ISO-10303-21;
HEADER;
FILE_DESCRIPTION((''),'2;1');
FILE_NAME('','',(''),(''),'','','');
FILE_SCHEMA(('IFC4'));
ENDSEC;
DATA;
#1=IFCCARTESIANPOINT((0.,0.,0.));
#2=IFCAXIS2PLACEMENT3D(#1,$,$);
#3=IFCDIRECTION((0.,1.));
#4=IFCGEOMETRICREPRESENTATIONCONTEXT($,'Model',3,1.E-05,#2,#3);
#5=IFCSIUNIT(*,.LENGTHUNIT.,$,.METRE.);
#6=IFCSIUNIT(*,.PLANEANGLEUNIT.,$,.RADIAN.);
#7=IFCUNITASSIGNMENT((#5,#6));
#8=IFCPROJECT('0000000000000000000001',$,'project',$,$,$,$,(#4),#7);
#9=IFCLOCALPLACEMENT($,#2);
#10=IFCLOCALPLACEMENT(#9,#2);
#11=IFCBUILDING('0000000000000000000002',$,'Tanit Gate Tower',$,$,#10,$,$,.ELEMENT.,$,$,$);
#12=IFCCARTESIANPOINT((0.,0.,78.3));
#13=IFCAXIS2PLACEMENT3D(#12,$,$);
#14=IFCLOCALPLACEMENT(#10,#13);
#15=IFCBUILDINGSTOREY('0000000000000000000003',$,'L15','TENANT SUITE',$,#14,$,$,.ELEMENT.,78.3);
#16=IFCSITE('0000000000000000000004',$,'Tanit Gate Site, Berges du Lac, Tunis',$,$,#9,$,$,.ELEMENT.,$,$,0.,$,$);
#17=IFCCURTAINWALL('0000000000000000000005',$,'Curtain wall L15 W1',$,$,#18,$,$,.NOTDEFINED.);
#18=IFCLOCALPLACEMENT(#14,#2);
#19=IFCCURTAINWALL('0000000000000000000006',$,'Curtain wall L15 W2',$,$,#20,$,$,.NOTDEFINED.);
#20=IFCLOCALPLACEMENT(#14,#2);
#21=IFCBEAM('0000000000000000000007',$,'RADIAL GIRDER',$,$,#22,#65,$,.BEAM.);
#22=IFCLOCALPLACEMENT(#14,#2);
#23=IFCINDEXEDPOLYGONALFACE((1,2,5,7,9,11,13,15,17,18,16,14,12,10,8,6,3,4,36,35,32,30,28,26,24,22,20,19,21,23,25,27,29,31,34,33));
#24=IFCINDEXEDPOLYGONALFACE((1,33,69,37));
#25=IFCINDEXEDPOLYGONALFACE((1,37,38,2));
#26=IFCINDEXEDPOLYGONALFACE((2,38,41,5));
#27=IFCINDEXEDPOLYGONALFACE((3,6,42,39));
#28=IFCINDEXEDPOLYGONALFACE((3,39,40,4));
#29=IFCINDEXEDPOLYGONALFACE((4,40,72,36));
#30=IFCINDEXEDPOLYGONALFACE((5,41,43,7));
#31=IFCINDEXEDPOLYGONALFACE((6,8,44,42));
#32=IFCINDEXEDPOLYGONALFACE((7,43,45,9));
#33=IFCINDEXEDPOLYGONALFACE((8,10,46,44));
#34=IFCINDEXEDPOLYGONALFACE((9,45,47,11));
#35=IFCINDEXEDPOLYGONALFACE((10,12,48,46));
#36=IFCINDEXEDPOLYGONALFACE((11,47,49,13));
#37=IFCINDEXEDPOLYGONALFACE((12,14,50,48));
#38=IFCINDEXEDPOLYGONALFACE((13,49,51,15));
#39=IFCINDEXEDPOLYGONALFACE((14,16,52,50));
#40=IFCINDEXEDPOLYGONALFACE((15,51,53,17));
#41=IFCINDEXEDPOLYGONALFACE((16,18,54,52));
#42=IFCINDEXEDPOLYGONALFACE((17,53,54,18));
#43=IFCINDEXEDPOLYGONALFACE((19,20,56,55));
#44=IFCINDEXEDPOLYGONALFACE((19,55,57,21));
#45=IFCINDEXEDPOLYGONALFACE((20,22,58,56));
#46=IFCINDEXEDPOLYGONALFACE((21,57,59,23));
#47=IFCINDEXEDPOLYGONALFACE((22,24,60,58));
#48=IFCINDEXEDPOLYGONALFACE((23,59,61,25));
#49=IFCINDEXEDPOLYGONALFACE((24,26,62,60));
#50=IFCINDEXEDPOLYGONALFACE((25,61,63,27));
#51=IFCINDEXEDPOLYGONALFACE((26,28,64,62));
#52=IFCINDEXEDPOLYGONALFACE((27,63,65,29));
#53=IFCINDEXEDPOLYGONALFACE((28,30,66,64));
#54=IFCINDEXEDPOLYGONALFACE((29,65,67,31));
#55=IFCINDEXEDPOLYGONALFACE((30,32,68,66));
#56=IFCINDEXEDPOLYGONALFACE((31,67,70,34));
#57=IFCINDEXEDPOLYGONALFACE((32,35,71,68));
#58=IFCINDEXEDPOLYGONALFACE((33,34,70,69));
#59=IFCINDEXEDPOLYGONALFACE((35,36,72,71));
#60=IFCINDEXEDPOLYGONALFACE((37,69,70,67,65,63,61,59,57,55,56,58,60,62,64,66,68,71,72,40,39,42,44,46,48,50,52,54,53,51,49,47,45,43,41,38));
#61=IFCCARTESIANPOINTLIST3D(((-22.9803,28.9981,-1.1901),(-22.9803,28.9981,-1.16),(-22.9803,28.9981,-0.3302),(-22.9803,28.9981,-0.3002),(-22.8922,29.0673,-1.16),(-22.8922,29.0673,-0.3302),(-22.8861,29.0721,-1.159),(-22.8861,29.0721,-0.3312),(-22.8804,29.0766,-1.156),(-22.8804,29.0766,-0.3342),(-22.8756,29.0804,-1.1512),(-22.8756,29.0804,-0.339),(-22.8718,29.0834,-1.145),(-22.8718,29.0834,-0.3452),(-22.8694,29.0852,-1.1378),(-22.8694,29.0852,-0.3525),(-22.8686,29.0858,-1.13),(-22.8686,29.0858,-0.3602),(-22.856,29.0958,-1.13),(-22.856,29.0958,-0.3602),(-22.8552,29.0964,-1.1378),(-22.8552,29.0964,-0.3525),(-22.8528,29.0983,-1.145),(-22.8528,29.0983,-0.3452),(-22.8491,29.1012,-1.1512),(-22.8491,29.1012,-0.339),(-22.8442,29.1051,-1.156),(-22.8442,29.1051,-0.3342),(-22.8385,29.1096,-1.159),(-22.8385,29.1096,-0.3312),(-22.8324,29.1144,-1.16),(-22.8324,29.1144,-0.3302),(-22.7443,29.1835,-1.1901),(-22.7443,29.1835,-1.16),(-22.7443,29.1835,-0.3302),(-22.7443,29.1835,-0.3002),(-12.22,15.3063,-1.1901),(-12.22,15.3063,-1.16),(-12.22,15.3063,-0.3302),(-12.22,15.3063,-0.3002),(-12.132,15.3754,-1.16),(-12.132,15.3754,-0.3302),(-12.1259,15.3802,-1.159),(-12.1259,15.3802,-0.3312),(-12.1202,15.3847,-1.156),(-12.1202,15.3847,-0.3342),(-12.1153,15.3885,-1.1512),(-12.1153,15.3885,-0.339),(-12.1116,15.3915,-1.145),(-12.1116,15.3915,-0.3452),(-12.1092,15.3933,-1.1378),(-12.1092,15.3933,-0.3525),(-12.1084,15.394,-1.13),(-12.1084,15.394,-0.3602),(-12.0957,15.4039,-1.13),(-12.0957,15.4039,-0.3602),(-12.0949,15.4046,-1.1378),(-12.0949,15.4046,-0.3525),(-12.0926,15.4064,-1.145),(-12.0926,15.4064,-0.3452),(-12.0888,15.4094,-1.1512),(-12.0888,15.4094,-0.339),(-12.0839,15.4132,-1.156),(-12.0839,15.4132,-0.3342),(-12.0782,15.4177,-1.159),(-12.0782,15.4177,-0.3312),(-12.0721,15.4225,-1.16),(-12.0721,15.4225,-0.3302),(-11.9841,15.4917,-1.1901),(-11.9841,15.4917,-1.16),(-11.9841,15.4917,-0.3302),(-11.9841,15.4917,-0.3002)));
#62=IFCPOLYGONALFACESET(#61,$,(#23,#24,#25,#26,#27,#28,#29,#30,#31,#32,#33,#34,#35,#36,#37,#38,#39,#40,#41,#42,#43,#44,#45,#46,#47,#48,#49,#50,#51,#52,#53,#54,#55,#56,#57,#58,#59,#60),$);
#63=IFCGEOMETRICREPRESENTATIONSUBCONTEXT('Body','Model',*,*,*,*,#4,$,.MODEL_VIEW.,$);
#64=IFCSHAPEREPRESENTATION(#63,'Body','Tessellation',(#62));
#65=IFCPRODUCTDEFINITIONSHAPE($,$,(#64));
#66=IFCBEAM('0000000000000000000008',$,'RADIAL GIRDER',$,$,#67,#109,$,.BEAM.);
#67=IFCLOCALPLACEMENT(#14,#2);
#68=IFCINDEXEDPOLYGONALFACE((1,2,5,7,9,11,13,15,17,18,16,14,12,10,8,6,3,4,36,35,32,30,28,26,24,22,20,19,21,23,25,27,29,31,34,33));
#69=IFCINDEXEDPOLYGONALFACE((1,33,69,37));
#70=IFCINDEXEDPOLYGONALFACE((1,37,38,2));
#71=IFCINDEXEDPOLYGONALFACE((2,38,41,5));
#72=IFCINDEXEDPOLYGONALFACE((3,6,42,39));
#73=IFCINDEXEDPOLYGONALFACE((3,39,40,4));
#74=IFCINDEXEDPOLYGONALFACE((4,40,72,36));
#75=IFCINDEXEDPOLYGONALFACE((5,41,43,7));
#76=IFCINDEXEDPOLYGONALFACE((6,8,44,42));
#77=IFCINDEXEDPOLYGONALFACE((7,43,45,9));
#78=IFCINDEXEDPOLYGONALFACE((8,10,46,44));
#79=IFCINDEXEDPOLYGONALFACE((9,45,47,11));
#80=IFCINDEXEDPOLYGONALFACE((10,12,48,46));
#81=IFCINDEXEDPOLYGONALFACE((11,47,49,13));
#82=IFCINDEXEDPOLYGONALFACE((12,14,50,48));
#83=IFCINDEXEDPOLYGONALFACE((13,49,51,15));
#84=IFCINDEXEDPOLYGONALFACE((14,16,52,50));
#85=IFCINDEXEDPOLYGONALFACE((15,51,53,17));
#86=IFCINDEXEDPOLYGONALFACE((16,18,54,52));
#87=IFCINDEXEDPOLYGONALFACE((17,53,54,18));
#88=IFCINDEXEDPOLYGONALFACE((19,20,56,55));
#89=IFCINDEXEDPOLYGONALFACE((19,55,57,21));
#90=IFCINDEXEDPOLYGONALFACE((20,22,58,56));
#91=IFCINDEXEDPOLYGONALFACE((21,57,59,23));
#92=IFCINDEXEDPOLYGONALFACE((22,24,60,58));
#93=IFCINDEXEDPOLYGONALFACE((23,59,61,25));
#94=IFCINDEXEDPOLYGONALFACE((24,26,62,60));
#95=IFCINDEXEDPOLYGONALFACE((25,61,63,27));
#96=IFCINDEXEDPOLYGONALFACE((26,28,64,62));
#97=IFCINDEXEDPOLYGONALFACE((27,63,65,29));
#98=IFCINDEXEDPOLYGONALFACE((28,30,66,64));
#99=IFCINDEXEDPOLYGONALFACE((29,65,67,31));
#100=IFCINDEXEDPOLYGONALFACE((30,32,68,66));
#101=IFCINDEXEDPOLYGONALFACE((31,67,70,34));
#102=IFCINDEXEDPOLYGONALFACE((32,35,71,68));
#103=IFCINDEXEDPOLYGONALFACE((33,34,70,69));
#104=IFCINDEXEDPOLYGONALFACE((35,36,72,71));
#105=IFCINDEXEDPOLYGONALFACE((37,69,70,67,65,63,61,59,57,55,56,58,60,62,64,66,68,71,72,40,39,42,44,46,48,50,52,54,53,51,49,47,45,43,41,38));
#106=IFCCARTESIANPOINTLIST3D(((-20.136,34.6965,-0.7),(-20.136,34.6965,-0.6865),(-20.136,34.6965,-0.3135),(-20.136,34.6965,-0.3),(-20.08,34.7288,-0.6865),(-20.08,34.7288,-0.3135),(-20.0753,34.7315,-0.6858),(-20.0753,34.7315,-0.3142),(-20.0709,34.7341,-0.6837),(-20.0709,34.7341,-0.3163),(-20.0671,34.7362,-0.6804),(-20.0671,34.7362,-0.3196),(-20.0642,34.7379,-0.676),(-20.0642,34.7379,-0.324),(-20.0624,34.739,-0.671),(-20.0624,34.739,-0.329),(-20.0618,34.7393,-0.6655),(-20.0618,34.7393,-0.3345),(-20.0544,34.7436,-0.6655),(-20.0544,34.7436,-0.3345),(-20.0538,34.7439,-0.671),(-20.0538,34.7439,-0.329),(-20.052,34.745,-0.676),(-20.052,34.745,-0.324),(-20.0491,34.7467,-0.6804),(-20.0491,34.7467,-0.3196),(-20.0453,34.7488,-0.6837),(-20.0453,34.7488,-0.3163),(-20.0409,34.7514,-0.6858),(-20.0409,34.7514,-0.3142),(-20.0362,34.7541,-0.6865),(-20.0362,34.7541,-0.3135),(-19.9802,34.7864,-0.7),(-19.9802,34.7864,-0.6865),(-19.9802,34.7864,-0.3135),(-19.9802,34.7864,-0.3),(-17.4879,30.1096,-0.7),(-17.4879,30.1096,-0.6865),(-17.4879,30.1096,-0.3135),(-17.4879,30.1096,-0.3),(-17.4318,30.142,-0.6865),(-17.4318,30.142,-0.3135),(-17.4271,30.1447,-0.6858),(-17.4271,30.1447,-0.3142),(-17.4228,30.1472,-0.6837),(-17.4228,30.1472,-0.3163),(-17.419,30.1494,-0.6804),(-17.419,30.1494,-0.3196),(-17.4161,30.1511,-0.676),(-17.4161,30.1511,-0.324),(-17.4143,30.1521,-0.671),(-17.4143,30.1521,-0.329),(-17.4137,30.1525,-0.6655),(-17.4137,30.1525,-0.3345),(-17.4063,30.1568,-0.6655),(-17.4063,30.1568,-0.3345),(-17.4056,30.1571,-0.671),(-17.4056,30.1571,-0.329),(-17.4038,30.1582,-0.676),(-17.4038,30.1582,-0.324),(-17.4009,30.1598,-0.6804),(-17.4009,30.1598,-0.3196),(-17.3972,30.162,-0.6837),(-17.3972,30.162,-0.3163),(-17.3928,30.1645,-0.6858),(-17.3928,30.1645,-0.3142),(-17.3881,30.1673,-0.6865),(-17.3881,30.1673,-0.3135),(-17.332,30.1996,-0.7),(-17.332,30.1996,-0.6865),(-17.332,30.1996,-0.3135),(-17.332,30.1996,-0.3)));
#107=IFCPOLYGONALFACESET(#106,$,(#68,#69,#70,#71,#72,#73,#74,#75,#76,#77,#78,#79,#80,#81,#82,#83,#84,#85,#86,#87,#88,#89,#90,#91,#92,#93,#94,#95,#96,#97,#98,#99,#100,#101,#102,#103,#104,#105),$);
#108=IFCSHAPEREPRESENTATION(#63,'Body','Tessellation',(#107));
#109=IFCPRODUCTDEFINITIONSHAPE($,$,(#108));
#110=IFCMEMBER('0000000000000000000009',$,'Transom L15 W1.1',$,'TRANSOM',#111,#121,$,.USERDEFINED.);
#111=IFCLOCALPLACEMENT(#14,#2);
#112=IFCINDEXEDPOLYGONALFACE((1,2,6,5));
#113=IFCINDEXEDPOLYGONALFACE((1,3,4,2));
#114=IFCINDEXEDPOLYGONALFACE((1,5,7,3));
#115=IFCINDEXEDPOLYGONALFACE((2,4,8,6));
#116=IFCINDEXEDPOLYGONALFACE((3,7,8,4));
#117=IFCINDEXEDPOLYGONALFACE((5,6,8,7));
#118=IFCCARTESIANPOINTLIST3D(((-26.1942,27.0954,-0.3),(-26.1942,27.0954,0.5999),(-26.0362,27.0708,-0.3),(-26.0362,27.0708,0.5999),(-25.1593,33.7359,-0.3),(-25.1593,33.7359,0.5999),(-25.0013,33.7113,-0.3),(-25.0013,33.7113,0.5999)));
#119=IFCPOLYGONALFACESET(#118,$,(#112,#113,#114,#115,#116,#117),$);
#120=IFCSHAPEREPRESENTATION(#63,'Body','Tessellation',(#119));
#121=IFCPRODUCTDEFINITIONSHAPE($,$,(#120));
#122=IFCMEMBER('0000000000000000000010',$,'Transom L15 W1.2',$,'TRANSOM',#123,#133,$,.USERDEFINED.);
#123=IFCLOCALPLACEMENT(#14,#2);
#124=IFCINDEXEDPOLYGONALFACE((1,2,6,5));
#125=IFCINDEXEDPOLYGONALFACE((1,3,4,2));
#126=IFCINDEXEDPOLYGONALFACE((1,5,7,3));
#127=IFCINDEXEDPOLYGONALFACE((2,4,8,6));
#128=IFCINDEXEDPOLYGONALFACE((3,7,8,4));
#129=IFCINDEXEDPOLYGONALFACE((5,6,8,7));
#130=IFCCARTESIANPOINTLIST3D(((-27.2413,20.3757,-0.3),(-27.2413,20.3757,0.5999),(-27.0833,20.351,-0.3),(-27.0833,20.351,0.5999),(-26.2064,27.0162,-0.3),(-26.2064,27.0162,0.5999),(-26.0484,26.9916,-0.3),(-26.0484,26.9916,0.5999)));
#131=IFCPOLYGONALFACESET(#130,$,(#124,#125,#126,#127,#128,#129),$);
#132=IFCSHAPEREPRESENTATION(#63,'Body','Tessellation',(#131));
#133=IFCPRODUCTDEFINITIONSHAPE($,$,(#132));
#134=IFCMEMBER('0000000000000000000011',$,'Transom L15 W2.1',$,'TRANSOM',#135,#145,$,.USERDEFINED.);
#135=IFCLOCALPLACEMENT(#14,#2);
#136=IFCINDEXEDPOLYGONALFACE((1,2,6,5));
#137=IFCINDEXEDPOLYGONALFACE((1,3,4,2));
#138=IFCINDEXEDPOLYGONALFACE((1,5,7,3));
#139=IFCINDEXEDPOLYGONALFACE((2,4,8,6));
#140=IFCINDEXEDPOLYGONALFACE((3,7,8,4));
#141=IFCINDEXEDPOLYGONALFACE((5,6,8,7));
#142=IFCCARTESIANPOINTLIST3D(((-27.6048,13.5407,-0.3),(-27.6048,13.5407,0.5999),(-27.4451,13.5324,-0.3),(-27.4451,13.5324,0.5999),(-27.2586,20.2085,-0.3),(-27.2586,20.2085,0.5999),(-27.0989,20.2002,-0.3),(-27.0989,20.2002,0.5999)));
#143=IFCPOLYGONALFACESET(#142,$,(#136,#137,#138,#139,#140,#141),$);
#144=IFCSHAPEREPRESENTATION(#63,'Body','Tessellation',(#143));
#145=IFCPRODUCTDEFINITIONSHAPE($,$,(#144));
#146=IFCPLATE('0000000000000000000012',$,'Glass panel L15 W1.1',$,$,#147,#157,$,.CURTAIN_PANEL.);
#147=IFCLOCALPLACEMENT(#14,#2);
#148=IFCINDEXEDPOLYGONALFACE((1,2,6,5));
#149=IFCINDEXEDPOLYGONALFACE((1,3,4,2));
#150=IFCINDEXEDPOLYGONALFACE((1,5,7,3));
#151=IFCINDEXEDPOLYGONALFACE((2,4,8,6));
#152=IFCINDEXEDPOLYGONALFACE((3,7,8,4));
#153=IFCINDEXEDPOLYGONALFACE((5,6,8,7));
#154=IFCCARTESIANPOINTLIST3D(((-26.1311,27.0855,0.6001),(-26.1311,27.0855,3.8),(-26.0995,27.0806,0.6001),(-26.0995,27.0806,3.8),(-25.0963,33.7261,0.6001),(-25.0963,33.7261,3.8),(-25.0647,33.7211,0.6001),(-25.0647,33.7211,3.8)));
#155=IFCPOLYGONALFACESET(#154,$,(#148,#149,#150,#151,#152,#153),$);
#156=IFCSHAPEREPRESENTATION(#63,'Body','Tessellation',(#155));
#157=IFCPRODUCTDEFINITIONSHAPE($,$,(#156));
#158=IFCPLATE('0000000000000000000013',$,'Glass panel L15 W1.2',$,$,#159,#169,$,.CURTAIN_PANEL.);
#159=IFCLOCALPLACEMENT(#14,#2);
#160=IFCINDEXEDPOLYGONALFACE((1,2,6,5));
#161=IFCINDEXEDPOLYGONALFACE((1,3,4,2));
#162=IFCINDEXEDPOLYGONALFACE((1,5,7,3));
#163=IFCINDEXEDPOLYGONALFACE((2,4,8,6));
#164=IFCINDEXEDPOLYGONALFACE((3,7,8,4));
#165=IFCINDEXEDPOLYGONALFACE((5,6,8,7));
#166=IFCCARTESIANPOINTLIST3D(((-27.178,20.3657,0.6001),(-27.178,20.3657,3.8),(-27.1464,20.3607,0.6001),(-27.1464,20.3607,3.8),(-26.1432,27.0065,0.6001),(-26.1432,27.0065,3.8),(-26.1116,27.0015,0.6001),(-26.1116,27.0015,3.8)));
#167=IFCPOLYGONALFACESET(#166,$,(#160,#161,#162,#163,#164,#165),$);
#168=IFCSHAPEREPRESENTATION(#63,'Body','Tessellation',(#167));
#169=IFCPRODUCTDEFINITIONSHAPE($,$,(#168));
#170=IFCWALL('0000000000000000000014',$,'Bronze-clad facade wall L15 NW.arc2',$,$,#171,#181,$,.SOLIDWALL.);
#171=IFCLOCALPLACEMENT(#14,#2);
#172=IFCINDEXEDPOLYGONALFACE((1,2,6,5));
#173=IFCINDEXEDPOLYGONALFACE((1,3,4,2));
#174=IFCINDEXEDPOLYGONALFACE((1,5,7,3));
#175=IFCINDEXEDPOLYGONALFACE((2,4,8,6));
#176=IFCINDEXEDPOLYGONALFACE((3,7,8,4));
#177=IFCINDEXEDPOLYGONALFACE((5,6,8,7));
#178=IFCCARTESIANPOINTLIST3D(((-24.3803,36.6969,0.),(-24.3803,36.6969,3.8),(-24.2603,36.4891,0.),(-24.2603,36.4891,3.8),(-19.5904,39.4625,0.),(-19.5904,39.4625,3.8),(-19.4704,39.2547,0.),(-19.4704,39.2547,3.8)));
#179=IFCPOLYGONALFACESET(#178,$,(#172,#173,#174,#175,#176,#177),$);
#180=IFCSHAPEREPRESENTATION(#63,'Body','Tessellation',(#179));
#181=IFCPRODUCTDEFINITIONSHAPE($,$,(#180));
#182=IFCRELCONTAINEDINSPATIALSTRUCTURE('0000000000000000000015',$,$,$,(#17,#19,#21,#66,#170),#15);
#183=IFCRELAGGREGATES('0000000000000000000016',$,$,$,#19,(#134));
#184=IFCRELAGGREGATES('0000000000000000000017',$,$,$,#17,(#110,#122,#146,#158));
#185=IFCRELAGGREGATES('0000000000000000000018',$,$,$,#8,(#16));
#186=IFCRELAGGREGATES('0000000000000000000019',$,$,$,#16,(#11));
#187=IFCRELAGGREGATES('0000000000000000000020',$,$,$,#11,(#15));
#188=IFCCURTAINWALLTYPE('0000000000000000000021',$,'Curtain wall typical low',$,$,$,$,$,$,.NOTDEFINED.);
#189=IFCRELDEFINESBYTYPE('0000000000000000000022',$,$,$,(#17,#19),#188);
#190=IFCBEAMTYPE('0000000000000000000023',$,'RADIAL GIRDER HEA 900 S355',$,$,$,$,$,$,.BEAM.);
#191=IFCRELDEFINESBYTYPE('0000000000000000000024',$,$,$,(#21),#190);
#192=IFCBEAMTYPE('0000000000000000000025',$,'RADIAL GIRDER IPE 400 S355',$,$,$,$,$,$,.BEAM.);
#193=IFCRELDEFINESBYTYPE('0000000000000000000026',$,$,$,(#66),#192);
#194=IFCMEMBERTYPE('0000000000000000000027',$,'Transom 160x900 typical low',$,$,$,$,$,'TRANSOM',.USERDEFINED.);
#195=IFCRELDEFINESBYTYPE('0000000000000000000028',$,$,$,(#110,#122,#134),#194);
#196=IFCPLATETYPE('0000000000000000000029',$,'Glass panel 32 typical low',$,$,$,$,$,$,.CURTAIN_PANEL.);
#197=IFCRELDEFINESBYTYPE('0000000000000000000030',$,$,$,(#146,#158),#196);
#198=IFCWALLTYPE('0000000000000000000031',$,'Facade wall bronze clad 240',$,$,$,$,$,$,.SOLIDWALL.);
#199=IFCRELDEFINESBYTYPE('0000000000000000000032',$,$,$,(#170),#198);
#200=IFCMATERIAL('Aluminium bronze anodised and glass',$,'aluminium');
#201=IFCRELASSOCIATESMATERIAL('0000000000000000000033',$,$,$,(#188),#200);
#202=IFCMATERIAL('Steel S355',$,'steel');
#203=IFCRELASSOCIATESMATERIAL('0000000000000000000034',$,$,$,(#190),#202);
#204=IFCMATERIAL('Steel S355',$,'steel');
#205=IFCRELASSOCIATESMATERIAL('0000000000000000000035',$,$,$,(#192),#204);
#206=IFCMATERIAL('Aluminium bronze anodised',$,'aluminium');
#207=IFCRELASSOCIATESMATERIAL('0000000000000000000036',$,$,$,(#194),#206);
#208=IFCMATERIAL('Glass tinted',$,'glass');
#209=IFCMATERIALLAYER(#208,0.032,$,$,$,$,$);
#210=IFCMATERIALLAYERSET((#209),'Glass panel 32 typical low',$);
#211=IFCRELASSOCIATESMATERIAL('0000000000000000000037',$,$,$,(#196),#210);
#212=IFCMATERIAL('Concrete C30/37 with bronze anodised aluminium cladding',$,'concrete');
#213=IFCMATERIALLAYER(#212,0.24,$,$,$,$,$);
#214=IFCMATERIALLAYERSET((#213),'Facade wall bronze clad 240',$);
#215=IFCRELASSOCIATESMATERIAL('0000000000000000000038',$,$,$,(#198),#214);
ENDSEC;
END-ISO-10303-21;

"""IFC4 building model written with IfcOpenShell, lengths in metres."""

from ifc_helpers import new_model, si_unit, direction, frame, frame_2d, origin, origin_2d, place, context, subcontext, project, spatial, rectangle, i_section, extrude, material, layer, layer_set, material_profile, profile_set, type_object, element, aggregate, save


model = new_model("IFC4")

# Units and contexts
model_context = context("Model", 3, precision=1e-05, world=origin(), true_north=direction((0.0, 1.0)))
body_context = subcontext(model_context, "Body", "Model", "MODEL_VIEW")
ifc_project = project(units=[si_unit("LENGTHUNIT", "METRE"), si_unit("PLANEANGLEUNIT", "RADIAN")], contexts=[model_context])

# Site, building, storey
site_placement = place(None, origin())
site = spatial("IfcSite", under=ifc_project, at=site_placement, Name="Tanit Gate Site, Berges du Lac, Tunis", CompositionType="ELEMENT", RefElevation=0.0)
building_placement = place(site_placement, origin())
building = spatial("IfcBuilding", under=site, at=building_placement, Name="Tanit Gate Tower", CompositionType="ELEMENT")
storey_placement = place(building_placement, frame((0.0, 0.0, 78.3)))
storey = spatial("IfcBuildingStorey", under=building, at=storey_placement, Name="L15", Description="TENANT SUITE", CompositionType="ELEMENT", Elevation=78.3)

# Curtain walls
ifc_material_1 = material(Name="Aluminium bronze anodised and glass", Category="aluminium")
curtain_wall_type = type_object("IfcCurtainWallType", Name="Curtain wall typical low", PredefinedType="NOTDEFINED", material=ifc_material_1)
curtain_wall_1_placement = place(storey_placement, origin())
curtain_wall_1 = element("IfcCurtainWall", 1, at=curtain_wall_1_placement, inside=storey, type_object=curtain_wall_type, Name="Curtain wall L15 W1", PredefinedType="NOTDEFINED")
curtain_wall_2_placement = place(storey_placement, origin())
curtain_wall_2 = element("IfcCurtainWall", 2, at=curtain_wall_2_placement, inside=storey, type_object=curtain_wall_type, Name="Curtain wall L15 W2", PredefinedType="NOTDEFINED")

# Beams
ifc_material_2 = material(Name="Steel S355", Category="steel")
ifc_material_profile_1 = material_profile(ifc_material_2, i_section(OverallWidth=0.3, OverallDepth=0.8899, WebThickness=0.0161, FlangeThickness=0.03, FilletRadius=0.03, at=origin_2d()), Name="HEA 900")
ifc_profile_set_1 = profile_set([ifc_material_profile_1], Name="Steel S355")
beam_type_1 = type_object("IfcBeamType", Name="RADIAL GIRDER HEA 900 S355", PredefinedType="BEAM", material=ifc_profile_set_1)
beam_1_placement = place(storey_placement, frame((-22.8623, 29.0908, -0.7451), z_axis=(0.617905, -0.786253, 0.0), x_axis=(0.786253, 0.617905, 0.0)))
element("IfcBeam", 3, at=beam_1_placement, inside=storey, type_object=beam_type_1, Name="RADIAL GIRDER", PredefinedType="BEAM", context=body_context, shape_type="SweptSolid", body=[
    extrude(i_section(OverallWidth=0.3, OverallDepth=0.8899, WebThickness=0.0161, FlangeThickness=0.03, FilletRadius=0.03, at=origin_2d()), origin(), (0.0, 0.0, 1.0), 17.4141),
])
ifc_material_3 = material(Name="Steel S355", Category="steel")
ifc_material_profile_2 = material_profile(ifc_material_3, i_section(OverallWidth=0.1799, OverallDepth=0.3999, WebThickness=0.0085, FlangeThickness=0.0134, FilletRadius=0.021, at=origin_2d()), Name="IPE 400")
ifc_profile_set_2 = profile_set([ifc_material_profile_2], Name="Steel S355")
beam_type_2 = type_object("IfcBeamType", Name="RADIAL GIRDER IPE 400 S355", PredefinedType="BEAM", material=ifc_profile_set_2)
beam_2_placement = place(storey_placement, frame((-20.0581, 34.7415, -0.5), z_axis=(0.499991, -0.866031, 0.0), x_axis=(0.866031, 0.499991, 0.0)))
element("IfcBeam", 4, at=beam_2_placement, inside=storey, type_object=beam_type_2, Name="RADIAL GIRDER", PredefinedType="BEAM", context=body_context, shape_type="SweptSolid", body=[
    extrude(i_section(OverallWidth=0.1799, OverallDepth=0.3999, WebThickness=0.0085, FlangeThickness=0.0134, FilletRadius=0.021, at=origin_2d()), origin(), (0.0, 0.0, 1.0), 5.2964),
])

# Members
ifc_material_4 = material(Name="Aluminium bronze anodised", Category="aluminium")
ifc_material_profile_3 = material_profile(ifc_material_4, rectangle(XDim=0.1599, YDim=0.8999, at=origin_2d()), Name="160x900 bronze transom")
ifc_profile_set_3 = profile_set([ifc_material_profile_3], Name="Aluminium bronze anodised")
member_type_1 = type_object("IfcMemberType", Name="Transom 160x900 typical low", ElementType="TRANSOM", PredefinedType="USERDEFINED", material=ifc_profile_set_3)
member_1_placement = place(storey_placement, frame((-25.0803, 33.7236, 0.1499), z_axis=(-0.153987, -0.988073, 0.0), x_axis=(0.988073, -0.153987, 0.0)))
member_1 = element("IfcMember", 5, at=member_1_placement, type_object=member_type_1, Name="Transom L15 W1.1", ObjectType="TRANSOM", PredefinedType="USERDEFINED", context=body_context, shape_type="SweptSolid", body=[
    extrude(rectangle(XDim=0.1599, YDim=0.8999, at=origin_2d()), origin(), (0.0, 0.0, 1.0), 6.7207),
])
member_2_placement = place(storey_placement, frame((-26.1274, 27.0039, 0.1499), z_axis=(-0.153987, -0.988073, 0.0), x_axis=(0.988073, -0.153987, 0.0)))
member_2 = element("IfcMember", 6, at=member_2_placement, type_object=member_type_1, Name="Transom L15 W1.2", ObjectType="TRANSOM", PredefinedType="USERDEFINED", context=body_context, shape_type="SweptSolid", body=[
    extrude(rectangle(XDim=0.1599, YDim=0.8999, at=origin_2d()), origin(), (0.0, 0.0, 1.0), 6.7207),
])
member_3_placement = place(storey_placement, frame((-27.1787, 20.2043, 0.1499), z_axis=(-0.051851, -0.998655, 0.0), x_axis=(0.998655, -0.051851, 0.0)))
member_3 = element("IfcMember", 7, at=member_3_placement, type_object=member_type_1, Name="Transom L15 W2.1", ObjectType="TRANSOM", PredefinedType="USERDEFINED", context=body_context, shape_type="SweptSolid", body=[
    extrude(rectangle(XDim=0.1599, YDim=0.8999, at=origin_2d()), origin(), (0.0, 0.0, 1.0), 6.6768),
])
aggregate(curtain_wall_2, [member_3])

# Plates
ifc_material_5 = material(Name="Glass tinted", Category="glass")
ifc_layer_1 = layer(ifc_material_5, 0.032)
ifc_layer_set_1 = layer_set([ifc_layer_1], Name="Glass panel 32 typical low")
plate_type = type_object("IfcPlateType", Name="Glass panel 32 typical low", PredefinedType="CURTAIN_PANEL", material=ifc_layer_set_1)
plate_1_placement = place(storey_placement, frame((-25.5979, 30.4033, 0.6001), z_axis=(0.0, 0.0, 1.0), x_axis=(-0.153962, -0.988077, 0.0)))
plate_1 = element("IfcPlate", 8, at=plate_1_placement, type_object=plate_type, Name="Glass panel L15 W1.1", PredefinedType="CURTAIN_PANEL", context=body_context, shape_type="SweptSolid", body=[
    extrude(rectangle(XDim=6.7207, YDim=0.032, at=origin_2d()), origin(), (0.0, 0.0, 1.0), 3.2),
])
plate_2_placement = place(storey_placement, frame((-26.6448, 23.6836, 0.6001), z_axis=(0.0, 0.0, 1.0), x_axis=(-0.153962, -0.988077, 0.0)))
plate_2 = element("IfcPlate", 9, at=plate_2_placement, type_object=plate_type, Name="Glass panel L15 W1.2", PredefinedType="CURTAIN_PANEL", context=body_context, shape_type="SweptSolid", body=[
    extrude(rectangle(XDim=6.7209, YDim=0.032, at=origin_2d()), origin(), (0.0, 0.0, 1.0), 3.2),
])
aggregate(curtain_wall_1, [member_1, member_2, plate_1, plate_2])

# Wall
ifc_material_6 = material(Name="Concrete C30/37 with bronze anodised aluminium cladding", Category="concrete")
ifc_layer_2 = layer(ifc_material_6, 0.24)
ifc_layer_set_2 = layer_set([ifc_layer_2], Name="Facade wall bronze clad 240")
wall_type_1 = type_object("IfcWallType", Name="Facade wall bronze clad 240", PredefinedType="SOLIDWALL", material=ifc_layer_set_2)
wall_1_placement = place(storey_placement, frame((-19.5303, 39.3586, 0.0), z_axis=(0.0, 0.0, 1.0), x_axis=(-0.866018, -0.500013, 0.0)))
element("IfcWall", 10, at=wall_1_placement, inside=storey, type_object=wall_type_1, Name="Bronze-clad facade wall L15 NW.arc2", PredefinedType="SOLIDWALL", context=body_context, shape_type="SweptSolid", body=[
    extrude(rectangle(XDim=5.531, YDim=0.24, at=frame_2d((2.7656, 0.0))), origin(), (0.0, 0.0, 1.0), 3.8),
])

save(model, "model.ifc")
